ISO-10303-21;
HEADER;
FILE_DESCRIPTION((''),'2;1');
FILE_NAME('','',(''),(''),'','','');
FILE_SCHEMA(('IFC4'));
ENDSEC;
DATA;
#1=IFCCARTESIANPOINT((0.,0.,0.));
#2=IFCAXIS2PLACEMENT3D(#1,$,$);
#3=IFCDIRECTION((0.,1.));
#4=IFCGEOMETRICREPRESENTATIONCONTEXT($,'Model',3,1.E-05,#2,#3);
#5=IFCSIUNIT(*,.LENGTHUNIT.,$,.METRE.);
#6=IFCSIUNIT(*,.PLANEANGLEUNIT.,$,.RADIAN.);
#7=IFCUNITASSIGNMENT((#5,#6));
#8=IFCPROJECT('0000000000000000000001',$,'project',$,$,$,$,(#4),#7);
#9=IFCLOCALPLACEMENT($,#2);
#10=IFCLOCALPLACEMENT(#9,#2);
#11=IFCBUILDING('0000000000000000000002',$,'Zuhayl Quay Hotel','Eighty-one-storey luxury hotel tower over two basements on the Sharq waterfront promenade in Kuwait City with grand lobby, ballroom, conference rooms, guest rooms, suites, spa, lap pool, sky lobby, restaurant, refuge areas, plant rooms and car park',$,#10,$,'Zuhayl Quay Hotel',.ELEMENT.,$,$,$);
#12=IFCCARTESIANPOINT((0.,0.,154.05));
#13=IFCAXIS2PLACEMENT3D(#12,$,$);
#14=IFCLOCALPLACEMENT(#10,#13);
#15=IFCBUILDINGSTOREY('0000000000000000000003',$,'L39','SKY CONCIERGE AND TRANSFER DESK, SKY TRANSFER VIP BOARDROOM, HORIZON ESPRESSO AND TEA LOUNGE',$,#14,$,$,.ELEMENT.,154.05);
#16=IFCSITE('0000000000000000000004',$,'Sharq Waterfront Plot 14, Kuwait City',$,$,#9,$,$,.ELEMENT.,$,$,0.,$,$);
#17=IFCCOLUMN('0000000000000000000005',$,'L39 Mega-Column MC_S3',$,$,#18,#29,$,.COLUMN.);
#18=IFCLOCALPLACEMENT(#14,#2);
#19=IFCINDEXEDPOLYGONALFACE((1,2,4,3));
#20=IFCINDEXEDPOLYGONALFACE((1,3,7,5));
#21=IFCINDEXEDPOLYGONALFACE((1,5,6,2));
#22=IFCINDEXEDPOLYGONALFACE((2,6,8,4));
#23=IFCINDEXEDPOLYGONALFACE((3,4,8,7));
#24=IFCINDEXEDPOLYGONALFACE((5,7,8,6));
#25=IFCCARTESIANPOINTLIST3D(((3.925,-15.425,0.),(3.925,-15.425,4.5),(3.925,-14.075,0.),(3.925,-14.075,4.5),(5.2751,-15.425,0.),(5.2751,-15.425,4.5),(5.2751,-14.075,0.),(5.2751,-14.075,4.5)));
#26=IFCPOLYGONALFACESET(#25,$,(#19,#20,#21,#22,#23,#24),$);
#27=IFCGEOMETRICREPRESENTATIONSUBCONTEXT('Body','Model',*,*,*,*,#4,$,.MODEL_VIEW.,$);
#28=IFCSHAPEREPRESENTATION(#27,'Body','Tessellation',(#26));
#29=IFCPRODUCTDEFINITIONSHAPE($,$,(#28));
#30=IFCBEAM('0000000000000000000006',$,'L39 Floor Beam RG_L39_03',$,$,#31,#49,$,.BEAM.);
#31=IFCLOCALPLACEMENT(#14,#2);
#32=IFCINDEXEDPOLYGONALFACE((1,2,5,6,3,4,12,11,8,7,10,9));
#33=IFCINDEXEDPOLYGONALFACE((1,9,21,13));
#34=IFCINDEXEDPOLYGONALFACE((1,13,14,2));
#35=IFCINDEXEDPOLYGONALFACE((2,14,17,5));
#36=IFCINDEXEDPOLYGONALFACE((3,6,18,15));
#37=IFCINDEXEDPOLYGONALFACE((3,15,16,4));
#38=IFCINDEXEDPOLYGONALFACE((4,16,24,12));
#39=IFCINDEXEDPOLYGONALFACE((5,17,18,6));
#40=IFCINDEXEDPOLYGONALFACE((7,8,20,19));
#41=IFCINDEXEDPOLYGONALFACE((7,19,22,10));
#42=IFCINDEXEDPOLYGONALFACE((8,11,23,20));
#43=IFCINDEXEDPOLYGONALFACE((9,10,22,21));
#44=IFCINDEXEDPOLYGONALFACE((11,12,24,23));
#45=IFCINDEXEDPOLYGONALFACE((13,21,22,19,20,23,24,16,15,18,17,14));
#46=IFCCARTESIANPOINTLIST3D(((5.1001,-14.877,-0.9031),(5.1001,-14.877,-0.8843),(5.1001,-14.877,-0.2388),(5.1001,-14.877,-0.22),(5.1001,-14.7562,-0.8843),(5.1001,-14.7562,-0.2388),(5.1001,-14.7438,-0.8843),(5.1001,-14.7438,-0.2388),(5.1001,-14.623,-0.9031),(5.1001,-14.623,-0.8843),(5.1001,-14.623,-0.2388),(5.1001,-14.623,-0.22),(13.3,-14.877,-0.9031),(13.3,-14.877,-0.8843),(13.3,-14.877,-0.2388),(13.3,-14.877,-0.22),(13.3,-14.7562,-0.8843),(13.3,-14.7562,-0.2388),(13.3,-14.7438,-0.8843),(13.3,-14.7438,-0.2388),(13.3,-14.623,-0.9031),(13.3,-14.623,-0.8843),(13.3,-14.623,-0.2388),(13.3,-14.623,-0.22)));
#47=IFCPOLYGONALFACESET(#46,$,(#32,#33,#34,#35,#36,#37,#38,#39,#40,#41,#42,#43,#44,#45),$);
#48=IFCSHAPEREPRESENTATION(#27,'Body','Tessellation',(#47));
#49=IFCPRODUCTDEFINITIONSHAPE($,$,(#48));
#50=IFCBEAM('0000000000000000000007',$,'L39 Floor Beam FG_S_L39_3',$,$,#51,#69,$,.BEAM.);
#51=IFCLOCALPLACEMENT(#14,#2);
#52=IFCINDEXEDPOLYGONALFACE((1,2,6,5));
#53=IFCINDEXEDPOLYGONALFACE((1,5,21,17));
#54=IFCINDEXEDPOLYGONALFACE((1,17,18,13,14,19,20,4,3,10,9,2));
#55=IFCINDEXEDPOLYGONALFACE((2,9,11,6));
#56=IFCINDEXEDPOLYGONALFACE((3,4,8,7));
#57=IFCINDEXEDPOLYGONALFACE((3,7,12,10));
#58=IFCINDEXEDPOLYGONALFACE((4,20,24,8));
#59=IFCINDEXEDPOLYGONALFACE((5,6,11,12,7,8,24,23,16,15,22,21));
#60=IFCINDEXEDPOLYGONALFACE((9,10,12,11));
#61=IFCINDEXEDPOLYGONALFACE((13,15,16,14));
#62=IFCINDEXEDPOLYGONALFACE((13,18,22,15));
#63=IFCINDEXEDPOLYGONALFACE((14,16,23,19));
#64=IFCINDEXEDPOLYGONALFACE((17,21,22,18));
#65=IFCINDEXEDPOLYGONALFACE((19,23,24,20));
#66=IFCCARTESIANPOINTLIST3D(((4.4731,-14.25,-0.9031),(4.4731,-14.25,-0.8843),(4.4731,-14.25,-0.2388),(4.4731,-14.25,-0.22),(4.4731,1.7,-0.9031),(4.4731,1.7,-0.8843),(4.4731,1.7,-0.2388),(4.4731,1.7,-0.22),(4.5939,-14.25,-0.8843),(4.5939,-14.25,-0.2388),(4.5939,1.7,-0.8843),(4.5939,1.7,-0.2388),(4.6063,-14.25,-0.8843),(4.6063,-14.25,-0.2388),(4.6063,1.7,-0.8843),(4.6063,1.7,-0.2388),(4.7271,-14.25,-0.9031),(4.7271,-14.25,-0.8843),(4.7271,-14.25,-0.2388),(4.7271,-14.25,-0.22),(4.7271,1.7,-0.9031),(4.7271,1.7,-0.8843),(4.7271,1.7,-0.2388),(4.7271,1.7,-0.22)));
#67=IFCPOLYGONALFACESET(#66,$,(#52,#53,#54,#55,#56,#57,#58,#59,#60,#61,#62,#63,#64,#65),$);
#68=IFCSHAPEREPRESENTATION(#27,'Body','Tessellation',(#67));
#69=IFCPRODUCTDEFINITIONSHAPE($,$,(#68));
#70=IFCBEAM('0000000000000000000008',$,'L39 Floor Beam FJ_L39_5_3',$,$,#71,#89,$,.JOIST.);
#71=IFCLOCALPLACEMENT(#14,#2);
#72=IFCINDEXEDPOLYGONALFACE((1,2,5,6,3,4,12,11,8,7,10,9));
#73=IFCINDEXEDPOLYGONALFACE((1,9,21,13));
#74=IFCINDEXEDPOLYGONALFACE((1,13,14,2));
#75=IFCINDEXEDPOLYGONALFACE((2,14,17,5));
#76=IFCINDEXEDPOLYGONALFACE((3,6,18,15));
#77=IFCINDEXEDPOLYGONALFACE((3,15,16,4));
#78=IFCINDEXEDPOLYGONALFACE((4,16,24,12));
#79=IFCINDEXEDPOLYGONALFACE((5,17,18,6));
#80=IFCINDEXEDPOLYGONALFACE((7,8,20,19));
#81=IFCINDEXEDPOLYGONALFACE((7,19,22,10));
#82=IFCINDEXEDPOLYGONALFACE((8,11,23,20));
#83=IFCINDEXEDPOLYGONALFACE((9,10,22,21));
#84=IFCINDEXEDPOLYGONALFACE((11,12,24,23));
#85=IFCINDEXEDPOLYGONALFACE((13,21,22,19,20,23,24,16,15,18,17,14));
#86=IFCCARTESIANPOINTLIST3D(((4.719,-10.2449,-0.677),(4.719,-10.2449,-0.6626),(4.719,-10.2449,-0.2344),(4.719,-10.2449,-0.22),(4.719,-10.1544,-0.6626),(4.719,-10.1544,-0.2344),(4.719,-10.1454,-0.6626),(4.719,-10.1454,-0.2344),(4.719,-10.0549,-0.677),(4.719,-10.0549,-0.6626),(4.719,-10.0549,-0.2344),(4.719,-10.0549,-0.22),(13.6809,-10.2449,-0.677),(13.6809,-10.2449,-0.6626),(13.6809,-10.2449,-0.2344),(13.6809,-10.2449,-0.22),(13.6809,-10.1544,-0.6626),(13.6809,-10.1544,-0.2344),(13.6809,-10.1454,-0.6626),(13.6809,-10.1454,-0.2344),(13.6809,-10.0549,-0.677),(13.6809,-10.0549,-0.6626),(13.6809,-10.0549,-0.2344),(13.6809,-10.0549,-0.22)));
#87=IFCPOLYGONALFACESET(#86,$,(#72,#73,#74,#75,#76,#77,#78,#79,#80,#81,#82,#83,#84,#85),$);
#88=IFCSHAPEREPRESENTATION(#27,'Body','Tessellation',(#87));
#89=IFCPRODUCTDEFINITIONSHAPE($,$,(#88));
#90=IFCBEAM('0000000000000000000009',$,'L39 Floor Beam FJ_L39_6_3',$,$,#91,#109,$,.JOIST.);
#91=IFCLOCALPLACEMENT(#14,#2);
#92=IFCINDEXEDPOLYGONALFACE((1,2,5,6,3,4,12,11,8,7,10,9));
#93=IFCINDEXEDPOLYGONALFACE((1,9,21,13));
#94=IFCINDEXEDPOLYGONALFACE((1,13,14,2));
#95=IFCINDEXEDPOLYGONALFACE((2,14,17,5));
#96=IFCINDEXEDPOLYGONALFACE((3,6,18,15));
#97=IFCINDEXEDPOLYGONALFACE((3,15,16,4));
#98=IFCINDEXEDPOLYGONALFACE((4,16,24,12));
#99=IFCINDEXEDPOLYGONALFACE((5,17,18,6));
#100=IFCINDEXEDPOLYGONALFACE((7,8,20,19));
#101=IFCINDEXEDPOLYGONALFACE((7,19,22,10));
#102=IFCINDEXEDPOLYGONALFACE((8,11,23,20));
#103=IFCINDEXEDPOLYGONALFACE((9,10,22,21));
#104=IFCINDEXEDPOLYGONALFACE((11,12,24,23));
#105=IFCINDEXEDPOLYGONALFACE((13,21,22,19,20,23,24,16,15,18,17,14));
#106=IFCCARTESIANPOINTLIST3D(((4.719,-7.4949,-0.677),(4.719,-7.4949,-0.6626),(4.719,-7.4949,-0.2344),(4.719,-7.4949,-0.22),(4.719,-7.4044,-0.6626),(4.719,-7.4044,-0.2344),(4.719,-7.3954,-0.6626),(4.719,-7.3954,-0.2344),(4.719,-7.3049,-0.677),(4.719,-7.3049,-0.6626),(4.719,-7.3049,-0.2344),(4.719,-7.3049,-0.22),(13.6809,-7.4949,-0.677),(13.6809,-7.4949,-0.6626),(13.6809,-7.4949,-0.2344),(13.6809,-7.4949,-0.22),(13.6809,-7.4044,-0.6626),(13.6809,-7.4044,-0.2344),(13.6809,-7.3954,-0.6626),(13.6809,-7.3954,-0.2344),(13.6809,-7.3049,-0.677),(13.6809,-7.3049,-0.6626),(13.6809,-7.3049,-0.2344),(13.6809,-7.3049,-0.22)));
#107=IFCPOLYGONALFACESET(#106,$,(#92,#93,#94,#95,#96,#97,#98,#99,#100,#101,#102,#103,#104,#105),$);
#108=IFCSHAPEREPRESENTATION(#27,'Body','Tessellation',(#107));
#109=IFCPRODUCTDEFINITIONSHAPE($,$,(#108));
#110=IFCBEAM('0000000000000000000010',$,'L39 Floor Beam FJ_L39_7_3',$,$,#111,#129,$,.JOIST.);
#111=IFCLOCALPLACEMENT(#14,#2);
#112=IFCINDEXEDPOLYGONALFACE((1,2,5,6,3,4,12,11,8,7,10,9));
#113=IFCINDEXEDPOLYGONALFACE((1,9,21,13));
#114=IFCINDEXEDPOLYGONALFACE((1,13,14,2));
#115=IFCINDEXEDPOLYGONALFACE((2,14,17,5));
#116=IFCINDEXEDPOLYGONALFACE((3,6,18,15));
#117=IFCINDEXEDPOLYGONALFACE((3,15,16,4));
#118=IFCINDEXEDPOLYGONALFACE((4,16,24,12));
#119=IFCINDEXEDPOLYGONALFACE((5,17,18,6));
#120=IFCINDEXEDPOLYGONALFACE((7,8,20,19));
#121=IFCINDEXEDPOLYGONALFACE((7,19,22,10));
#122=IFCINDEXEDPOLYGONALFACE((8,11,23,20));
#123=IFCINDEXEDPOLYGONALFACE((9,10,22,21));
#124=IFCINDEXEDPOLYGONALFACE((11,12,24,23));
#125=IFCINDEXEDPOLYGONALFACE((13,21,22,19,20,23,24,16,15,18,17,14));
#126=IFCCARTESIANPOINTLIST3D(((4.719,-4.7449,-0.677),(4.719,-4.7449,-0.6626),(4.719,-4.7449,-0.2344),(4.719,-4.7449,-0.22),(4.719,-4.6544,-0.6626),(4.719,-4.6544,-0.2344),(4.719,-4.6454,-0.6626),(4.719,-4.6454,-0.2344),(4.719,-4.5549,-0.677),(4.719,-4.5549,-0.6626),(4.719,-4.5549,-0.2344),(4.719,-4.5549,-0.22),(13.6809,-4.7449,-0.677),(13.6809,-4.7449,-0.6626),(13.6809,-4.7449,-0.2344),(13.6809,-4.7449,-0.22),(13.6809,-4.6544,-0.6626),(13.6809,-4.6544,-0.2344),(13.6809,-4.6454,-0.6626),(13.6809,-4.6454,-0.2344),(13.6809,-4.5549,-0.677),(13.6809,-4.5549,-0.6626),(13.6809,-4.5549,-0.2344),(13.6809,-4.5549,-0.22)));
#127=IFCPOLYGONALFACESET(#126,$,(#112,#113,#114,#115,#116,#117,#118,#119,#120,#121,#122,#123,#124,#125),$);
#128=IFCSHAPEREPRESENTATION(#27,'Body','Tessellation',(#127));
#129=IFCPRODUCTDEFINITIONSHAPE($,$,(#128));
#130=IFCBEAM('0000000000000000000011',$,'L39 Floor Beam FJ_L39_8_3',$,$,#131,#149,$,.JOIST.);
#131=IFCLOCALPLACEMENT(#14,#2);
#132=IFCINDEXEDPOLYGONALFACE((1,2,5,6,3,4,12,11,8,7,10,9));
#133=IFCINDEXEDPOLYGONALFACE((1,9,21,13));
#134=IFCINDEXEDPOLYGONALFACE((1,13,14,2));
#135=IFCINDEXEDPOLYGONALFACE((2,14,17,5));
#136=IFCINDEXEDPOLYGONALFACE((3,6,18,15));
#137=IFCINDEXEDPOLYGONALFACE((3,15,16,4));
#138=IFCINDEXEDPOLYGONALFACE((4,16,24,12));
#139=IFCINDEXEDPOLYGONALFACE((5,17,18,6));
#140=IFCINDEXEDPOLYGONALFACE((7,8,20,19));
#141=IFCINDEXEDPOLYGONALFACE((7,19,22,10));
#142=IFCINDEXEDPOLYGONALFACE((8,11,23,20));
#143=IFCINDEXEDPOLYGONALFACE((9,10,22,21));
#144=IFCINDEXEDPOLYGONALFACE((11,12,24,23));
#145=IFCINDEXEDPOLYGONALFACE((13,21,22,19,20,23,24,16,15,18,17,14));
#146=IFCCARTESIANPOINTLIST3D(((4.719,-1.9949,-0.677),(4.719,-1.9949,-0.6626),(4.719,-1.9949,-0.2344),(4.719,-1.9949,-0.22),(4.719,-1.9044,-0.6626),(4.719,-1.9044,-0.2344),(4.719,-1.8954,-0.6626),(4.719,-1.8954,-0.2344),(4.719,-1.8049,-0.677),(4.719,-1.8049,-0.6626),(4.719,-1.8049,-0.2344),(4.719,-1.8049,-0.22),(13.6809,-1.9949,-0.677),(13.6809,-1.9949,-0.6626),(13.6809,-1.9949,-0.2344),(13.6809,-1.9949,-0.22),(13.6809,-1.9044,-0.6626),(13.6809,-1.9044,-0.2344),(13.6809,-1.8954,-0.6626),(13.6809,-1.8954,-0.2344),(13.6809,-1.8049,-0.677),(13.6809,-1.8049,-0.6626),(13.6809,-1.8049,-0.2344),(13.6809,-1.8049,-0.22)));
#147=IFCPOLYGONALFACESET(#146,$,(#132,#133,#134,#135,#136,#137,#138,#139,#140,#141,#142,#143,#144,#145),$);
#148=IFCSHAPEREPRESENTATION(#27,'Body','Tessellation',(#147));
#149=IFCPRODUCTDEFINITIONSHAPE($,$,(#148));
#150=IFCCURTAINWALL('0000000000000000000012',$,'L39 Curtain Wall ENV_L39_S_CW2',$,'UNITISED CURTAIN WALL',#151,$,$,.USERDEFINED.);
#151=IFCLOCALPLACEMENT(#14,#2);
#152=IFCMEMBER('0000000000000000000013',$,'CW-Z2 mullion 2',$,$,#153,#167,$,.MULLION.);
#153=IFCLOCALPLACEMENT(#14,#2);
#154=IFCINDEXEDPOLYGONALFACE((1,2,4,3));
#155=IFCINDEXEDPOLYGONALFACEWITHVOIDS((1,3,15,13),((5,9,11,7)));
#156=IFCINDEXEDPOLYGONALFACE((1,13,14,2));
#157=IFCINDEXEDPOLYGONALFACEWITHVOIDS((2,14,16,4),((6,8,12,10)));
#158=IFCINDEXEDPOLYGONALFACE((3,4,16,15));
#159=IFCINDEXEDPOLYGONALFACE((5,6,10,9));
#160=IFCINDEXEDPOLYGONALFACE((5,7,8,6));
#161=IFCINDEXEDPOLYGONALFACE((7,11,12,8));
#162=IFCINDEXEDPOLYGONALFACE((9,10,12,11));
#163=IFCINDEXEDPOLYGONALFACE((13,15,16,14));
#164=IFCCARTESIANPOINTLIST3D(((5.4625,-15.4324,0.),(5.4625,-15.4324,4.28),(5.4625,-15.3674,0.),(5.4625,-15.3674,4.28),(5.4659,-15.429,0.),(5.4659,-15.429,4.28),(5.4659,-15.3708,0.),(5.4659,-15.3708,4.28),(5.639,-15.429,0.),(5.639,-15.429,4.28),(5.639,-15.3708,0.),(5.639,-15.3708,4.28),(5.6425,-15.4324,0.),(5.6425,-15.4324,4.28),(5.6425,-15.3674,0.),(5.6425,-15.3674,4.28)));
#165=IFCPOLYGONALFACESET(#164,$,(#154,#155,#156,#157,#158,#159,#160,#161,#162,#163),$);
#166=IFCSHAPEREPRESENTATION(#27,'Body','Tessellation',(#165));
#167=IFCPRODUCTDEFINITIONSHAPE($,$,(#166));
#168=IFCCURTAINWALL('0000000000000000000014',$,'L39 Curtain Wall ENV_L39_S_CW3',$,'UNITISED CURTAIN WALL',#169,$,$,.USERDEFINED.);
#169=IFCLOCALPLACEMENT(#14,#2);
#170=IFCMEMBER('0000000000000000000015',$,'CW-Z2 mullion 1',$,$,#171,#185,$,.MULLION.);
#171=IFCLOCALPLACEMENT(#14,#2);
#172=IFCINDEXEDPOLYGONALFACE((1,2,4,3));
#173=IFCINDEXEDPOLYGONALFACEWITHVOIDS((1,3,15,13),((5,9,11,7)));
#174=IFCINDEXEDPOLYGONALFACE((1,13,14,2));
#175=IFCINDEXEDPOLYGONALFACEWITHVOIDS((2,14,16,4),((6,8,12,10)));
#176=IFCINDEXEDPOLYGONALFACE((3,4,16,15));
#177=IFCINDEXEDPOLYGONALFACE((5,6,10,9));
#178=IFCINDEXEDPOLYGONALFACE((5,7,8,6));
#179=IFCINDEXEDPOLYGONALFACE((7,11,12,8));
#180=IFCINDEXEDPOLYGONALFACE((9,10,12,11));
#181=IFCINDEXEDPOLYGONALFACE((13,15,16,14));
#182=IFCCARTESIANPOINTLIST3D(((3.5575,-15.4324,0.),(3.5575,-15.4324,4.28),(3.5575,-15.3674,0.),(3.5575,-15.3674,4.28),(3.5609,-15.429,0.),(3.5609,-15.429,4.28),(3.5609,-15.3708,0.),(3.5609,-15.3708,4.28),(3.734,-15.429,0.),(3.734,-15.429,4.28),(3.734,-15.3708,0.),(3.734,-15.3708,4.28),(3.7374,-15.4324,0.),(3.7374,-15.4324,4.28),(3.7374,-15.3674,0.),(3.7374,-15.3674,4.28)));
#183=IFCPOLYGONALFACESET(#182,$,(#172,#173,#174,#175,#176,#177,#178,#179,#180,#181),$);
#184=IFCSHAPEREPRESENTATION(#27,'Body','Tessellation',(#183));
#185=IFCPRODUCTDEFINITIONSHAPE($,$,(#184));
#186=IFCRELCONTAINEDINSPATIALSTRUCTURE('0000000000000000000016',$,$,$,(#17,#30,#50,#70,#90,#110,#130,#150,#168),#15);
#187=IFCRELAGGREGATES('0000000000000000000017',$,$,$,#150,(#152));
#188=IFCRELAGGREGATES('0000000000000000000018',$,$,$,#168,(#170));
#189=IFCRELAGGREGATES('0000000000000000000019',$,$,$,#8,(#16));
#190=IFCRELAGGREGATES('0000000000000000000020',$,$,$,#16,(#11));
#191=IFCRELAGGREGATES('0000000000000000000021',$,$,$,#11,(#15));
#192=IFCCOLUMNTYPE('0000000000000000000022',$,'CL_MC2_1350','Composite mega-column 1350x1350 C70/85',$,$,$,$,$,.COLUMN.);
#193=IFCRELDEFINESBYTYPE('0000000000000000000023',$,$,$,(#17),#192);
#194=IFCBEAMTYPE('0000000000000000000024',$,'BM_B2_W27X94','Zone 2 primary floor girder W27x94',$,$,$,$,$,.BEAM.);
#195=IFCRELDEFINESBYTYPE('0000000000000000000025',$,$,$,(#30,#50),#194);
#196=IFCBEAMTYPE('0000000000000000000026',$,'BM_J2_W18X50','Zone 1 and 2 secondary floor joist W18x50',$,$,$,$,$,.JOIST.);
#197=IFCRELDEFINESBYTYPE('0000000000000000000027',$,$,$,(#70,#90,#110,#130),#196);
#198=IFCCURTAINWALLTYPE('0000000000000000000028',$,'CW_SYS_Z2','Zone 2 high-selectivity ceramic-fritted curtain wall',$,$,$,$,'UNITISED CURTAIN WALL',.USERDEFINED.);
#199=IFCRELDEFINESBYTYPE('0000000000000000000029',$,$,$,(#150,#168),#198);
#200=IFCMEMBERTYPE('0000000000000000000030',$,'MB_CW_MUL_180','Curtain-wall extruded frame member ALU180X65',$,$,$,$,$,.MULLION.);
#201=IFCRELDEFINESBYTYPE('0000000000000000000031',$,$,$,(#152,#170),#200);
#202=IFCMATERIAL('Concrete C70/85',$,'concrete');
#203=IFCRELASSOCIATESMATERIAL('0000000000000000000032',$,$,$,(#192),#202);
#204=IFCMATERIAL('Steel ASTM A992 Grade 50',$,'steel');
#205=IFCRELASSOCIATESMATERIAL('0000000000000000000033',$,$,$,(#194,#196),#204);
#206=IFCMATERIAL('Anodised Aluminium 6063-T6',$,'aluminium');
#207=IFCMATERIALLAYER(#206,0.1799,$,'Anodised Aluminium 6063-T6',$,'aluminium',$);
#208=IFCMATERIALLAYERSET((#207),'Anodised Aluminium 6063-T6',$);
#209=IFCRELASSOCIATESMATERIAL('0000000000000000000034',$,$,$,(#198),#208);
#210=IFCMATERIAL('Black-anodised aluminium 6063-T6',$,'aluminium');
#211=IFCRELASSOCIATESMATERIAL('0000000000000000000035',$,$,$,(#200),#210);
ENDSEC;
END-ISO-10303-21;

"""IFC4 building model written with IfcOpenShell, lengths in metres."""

from ifc_helpers import new_model, si_unit, direction, frame, origin, origin_2d, place, context, subcontext, project, spatial, rectangle, hollow_rectangle, i_section, extrude, material, layer, layer_set, material_profile, profile_set, type_object, element, aggregate, save


model = new_model("IFC4")

# Units and contexts
model_context = context("Model", 3, precision=1e-05, world=origin(), true_north=direction((0.0, 1.0)))
body_context = subcontext(model_context, "Body", "Model", "MODEL_VIEW")
ifc_project = project(units=[si_unit("LENGTHUNIT", "METRE"), si_unit("PLANEANGLEUNIT", "RADIAN")], contexts=[model_context])

# Site, building, storey
site_placement = place(None, origin())
site = spatial("IfcSite", under=ifc_project, at=site_placement, Name="Sharq Waterfront Plot 14, Kuwait City", CompositionType="ELEMENT", RefElevation=0.0)
building_placement = place(site_placement, origin())
building = spatial("IfcBuilding", under=site, at=building_placement, Name="Zuhayl Quay Hotel", Description="Eighty-one-storey luxury hotel tower over two basements on the Sharq waterfront promenade in Kuwait City with grand lobby, ballroom, conference rooms, guest rooms, suites, spa, lap pool, sky lobby, restaurant, refuge areas, plant rooms and car park", LongName="Zuhayl Quay Hotel", CompositionType="ELEMENT")
storey_placement = place(building_placement, frame((0.0, 0.0, 154.05)))
storey = spatial("IfcBuildingStorey", under=building, at=storey_placement, Name="L39", Description="SKY CONCIERGE AND TRANSFER DESK, SKY TRANSFER VIP BOARDROOM, HORIZON ESPRESSO AND TEA LOUNGE", CompositionType="ELEMENT", Elevation=154.05)

# Column
ifc_material_1 = material(Name="Concrete C70/85", Category="concrete")
ifc_material_profile_1 = material_profile(ifc_material_1, rectangle(XDim=1.3501, YDim=1.3501, at=origin_2d()), Name="RC1350X1350")
ifc_profile_set_1 = profile_set([ifc_material_profile_1], Name="Concrete C70/85")
column_type = type_object("IfcColumnType", Name="CL_MC2_1350", Description="Composite mega-column 1350x1350 C70/85", PredefinedType="COLUMN", material=ifc_profile_set_1)
column_placement = place(storey_placement, frame((4.6001, -14.75, 0.0), z_axis=(0.0, 0.0, 1.0), x_axis=(1.0, 0.0, 0.0)))
element("IfcColumn", 1, at=column_placement, inside=storey, type_object=column_type, Name="L39 Mega-Column MC_S3", PredefinedType="COLUMN", context=body_context, shape_type="SweptSolid", body=[
    extrude(rectangle(XDim=1.3501, YDim=1.3501, at=origin_2d()), origin(), (0.0, 0.0, 1.0), 4.5),
])

# Beams
ifc_material_2 = material(Name="Steel ASTM A992 Grade 50", Category="steel")
ifc_material_profile_2 = material_profile(ifc_material_2, i_section(OverallWidth=0.2539, OverallDepth=0.6831, WebThickness=0.0125, FlangeThickness=0.0188, at=origin_2d()), Name="W27X94")
ifc_profile_set_2 = profile_set([ifc_material_profile_2], Name="Steel ASTM A992 Grade 50")
beam_type_1 = type_object("IfcBeamType", Name="BM_B2_W27X94", Description="Zone 2 primary floor girder W27x94", PredefinedType="BEAM", material=ifc_profile_set_2)
beam_1_placement = place(storey_placement, frame((5.1001, -14.75, -0.5615), z_axis=(1.0, 0.0, 0.0), x_axis=(0.0, 1.0, 0.0)))
element("IfcBeam", 2, at=beam_1_placement, inside=storey, type_object=beam_type_1, Name="L39 Floor Beam RG_L39_03", PredefinedType="BEAM", context=body_context, shape_type="SweptSolid", body=[
    extrude(i_section(OverallWidth=0.2539, OverallDepth=0.6831, WebThickness=0.0125, FlangeThickness=0.0188, at=origin_2d()), origin(), (0.0, 0.0, 1.0), 8.2),
])
beam_2_placement = place(storey_placement, frame((4.6001, -14.25, -0.5615), z_axis=(0.0, 1.0, 0.0), x_axis=(-1.0, 0.0, 0.0)))
element("IfcBeam", 3, at=beam_2_placement, inside=storey, type_object=beam_type_1, Name="L39 Floor Beam FG_S_L39_3", PredefinedType="BEAM", context=body_context, shape_type="SweptSolid", body=[
    extrude(i_section(OverallWidth=0.2539, OverallDepth=0.6831, WebThickness=0.0125, FlangeThickness=0.0188, at=origin_2d()), origin(), (0.0, 0.0, 1.0), 15.95),
])
ifc_material_profile_3 = material_profile(ifc_material_2, i_section(OverallWidth=0.1899, OverallDepth=0.457, WebThickness=0.009, FlangeThickness=0.0144, at=origin_2d()), Name="W18X50")
ifc_profile_set_3 = profile_set([ifc_material_profile_3], Name="Steel ASTM A992 Grade 50")
beam_type_2 = type_object("IfcBeamType", Name="BM_J2_W18X50", Description="Zone 1 and 2 secondary floor joist W18x50", PredefinedType="JOIST", material=ifc_profile_set_3)
for number, where, z_axis, x_axis, name in (
    (4, (4.719, -10.1499, -0.4485), (1.0, 0.0, 0.0), (0.0, 1.0, 0.0), "L39 Floor Beam FJ_L39_5_3"),
    (5, (4.719, -7.3999, -0.4485), (1.0, 0.0, 0.0), (0.0, 1.0, 0.0), "L39 Floor Beam FJ_L39_6_3"),
    (6, (4.719, -4.6499, -0.4485), (1.0, 0.0, 0.0), (0.0, 1.0, 0.0), "L39 Floor Beam FJ_L39_7_3"),
    (7, (4.719, -1.8999, -0.4485), (1.0, 0.0, 0.0), (0.0, 1.0, 0.0), "L39 Floor Beam FJ_L39_8_3"),
):
    element("IfcBeam", number, at=place(storey_placement, frame(where, z_axis=z_axis, x_axis=x_axis)), inside=storey, type_object=beam_type_2, Name=name, PredefinedType="JOIST", context=body_context, shape_type="SweptSolid", body=[
        extrude(i_section(OverallWidth=0.1899, OverallDepth=0.457, WebThickness=0.009, FlangeThickness=0.0144, at=origin_2d()), origin(), (0.0, 0.0, 1.0), 8.9619),
    ])

# Curtain wall, member
ifc_material_3 = material(Name="Anodised Aluminium 6063-T6", Category="aluminium")
ifc_layer_1 = layer(ifc_material_3, 0.1799, Name="Anodised Aluminium 6063-T6", Category="aluminium")
ifc_layer_set_1 = layer_set([ifc_layer_1], Name="Anodised Aluminium 6063-T6")
curtain_wall_type = type_object("IfcCurtainWallType", Name="CW_SYS_Z2", Description="Zone 2 high-selectivity ceramic-fritted curtain wall", ElementType="UNITISED CURTAIN WALL", PredefinedType="USERDEFINED", material=ifc_layer_set_1)
curtain_wall_1_placement = place(storey_placement, origin())
curtain_wall_1 = element("IfcCurtainWall", 8, at=curtain_wall_1_placement, inside=storey, type_object=curtain_wall_type, Name="L39 Curtain Wall ENV_L39_S_CW2", ObjectType="UNITISED CURTAIN WALL", PredefinedType="USERDEFINED")
ifc_material_4 = material(Name="Black-anodised aluminium 6063-T6", Category="aluminium")
ifc_material_profile_4 = material_profile(ifc_material_4, hollow_rectangle(XDim=0.0649, YDim=0.1799, WallThickness=0.0034, at=origin_2d()), Name="ALU180X65")
ifc_profile_set_4 = profile_set([ifc_material_profile_4], Name="Black-anodised aluminium 6063-T6")
member_type_1 = type_object("IfcMemberType", Name="MB_CW_MUL_180", Description="Curtain-wall extruded frame member ALU180X65", PredefinedType="MULLION", material=ifc_profile_set_4)
member_1_placement = place(storey_placement, frame((5.5525, -15.3999, 0.0), z_axis=(0.0, 0.0, 1.0), x_axis=(0.0, -1.0, 0.0)))
member_1 = element("IfcMember", 9, at=member_1_placement, type_object=member_type_1, Name="CW-Z2 mullion 2", PredefinedType="MULLION", context=body_context, shape_type="SweptSolid", body=[
    extrude(hollow_rectangle(XDim=0.0649, YDim=0.1799, WallThickness=0.0034, at=origin_2d()), origin(), (0.0, 0.0, 1.0), 4.28),
])

# Curtain wall, member
curtain_wall_2_placement = place(storey_placement, origin())
curtain_wall_2 = element("IfcCurtainWall", 10, at=curtain_wall_2_placement, inside=storey, type_object=curtain_wall_type, Name="L39 Curtain Wall ENV_L39_S_CW3", ObjectType="UNITISED CURTAIN WALL", PredefinedType="USERDEFINED")
member_2_placement = place(storey_placement, frame((3.6475, -15.3999, 0.0), z_axis=(0.0, 0.0, 1.0), x_axis=(0.0, -1.0, 0.0)))
member_2 = element("IfcMember", 11, at=member_2_placement, type_object=member_type_1, Name="CW-Z2 mullion 1", PredefinedType="MULLION", context=body_context, shape_type="SweptSolid", body=[
    extrude(hollow_rectangle(XDim=0.0649, YDim=0.1799, WallThickness=0.0034, at=origin_2d()), origin(), (0.0, 0.0, 1.0), 4.28),
])

aggregate(curtain_wall_1, [member_1])
aggregate(curtain_wall_2, [member_2])

save(model, "model.ifc")
